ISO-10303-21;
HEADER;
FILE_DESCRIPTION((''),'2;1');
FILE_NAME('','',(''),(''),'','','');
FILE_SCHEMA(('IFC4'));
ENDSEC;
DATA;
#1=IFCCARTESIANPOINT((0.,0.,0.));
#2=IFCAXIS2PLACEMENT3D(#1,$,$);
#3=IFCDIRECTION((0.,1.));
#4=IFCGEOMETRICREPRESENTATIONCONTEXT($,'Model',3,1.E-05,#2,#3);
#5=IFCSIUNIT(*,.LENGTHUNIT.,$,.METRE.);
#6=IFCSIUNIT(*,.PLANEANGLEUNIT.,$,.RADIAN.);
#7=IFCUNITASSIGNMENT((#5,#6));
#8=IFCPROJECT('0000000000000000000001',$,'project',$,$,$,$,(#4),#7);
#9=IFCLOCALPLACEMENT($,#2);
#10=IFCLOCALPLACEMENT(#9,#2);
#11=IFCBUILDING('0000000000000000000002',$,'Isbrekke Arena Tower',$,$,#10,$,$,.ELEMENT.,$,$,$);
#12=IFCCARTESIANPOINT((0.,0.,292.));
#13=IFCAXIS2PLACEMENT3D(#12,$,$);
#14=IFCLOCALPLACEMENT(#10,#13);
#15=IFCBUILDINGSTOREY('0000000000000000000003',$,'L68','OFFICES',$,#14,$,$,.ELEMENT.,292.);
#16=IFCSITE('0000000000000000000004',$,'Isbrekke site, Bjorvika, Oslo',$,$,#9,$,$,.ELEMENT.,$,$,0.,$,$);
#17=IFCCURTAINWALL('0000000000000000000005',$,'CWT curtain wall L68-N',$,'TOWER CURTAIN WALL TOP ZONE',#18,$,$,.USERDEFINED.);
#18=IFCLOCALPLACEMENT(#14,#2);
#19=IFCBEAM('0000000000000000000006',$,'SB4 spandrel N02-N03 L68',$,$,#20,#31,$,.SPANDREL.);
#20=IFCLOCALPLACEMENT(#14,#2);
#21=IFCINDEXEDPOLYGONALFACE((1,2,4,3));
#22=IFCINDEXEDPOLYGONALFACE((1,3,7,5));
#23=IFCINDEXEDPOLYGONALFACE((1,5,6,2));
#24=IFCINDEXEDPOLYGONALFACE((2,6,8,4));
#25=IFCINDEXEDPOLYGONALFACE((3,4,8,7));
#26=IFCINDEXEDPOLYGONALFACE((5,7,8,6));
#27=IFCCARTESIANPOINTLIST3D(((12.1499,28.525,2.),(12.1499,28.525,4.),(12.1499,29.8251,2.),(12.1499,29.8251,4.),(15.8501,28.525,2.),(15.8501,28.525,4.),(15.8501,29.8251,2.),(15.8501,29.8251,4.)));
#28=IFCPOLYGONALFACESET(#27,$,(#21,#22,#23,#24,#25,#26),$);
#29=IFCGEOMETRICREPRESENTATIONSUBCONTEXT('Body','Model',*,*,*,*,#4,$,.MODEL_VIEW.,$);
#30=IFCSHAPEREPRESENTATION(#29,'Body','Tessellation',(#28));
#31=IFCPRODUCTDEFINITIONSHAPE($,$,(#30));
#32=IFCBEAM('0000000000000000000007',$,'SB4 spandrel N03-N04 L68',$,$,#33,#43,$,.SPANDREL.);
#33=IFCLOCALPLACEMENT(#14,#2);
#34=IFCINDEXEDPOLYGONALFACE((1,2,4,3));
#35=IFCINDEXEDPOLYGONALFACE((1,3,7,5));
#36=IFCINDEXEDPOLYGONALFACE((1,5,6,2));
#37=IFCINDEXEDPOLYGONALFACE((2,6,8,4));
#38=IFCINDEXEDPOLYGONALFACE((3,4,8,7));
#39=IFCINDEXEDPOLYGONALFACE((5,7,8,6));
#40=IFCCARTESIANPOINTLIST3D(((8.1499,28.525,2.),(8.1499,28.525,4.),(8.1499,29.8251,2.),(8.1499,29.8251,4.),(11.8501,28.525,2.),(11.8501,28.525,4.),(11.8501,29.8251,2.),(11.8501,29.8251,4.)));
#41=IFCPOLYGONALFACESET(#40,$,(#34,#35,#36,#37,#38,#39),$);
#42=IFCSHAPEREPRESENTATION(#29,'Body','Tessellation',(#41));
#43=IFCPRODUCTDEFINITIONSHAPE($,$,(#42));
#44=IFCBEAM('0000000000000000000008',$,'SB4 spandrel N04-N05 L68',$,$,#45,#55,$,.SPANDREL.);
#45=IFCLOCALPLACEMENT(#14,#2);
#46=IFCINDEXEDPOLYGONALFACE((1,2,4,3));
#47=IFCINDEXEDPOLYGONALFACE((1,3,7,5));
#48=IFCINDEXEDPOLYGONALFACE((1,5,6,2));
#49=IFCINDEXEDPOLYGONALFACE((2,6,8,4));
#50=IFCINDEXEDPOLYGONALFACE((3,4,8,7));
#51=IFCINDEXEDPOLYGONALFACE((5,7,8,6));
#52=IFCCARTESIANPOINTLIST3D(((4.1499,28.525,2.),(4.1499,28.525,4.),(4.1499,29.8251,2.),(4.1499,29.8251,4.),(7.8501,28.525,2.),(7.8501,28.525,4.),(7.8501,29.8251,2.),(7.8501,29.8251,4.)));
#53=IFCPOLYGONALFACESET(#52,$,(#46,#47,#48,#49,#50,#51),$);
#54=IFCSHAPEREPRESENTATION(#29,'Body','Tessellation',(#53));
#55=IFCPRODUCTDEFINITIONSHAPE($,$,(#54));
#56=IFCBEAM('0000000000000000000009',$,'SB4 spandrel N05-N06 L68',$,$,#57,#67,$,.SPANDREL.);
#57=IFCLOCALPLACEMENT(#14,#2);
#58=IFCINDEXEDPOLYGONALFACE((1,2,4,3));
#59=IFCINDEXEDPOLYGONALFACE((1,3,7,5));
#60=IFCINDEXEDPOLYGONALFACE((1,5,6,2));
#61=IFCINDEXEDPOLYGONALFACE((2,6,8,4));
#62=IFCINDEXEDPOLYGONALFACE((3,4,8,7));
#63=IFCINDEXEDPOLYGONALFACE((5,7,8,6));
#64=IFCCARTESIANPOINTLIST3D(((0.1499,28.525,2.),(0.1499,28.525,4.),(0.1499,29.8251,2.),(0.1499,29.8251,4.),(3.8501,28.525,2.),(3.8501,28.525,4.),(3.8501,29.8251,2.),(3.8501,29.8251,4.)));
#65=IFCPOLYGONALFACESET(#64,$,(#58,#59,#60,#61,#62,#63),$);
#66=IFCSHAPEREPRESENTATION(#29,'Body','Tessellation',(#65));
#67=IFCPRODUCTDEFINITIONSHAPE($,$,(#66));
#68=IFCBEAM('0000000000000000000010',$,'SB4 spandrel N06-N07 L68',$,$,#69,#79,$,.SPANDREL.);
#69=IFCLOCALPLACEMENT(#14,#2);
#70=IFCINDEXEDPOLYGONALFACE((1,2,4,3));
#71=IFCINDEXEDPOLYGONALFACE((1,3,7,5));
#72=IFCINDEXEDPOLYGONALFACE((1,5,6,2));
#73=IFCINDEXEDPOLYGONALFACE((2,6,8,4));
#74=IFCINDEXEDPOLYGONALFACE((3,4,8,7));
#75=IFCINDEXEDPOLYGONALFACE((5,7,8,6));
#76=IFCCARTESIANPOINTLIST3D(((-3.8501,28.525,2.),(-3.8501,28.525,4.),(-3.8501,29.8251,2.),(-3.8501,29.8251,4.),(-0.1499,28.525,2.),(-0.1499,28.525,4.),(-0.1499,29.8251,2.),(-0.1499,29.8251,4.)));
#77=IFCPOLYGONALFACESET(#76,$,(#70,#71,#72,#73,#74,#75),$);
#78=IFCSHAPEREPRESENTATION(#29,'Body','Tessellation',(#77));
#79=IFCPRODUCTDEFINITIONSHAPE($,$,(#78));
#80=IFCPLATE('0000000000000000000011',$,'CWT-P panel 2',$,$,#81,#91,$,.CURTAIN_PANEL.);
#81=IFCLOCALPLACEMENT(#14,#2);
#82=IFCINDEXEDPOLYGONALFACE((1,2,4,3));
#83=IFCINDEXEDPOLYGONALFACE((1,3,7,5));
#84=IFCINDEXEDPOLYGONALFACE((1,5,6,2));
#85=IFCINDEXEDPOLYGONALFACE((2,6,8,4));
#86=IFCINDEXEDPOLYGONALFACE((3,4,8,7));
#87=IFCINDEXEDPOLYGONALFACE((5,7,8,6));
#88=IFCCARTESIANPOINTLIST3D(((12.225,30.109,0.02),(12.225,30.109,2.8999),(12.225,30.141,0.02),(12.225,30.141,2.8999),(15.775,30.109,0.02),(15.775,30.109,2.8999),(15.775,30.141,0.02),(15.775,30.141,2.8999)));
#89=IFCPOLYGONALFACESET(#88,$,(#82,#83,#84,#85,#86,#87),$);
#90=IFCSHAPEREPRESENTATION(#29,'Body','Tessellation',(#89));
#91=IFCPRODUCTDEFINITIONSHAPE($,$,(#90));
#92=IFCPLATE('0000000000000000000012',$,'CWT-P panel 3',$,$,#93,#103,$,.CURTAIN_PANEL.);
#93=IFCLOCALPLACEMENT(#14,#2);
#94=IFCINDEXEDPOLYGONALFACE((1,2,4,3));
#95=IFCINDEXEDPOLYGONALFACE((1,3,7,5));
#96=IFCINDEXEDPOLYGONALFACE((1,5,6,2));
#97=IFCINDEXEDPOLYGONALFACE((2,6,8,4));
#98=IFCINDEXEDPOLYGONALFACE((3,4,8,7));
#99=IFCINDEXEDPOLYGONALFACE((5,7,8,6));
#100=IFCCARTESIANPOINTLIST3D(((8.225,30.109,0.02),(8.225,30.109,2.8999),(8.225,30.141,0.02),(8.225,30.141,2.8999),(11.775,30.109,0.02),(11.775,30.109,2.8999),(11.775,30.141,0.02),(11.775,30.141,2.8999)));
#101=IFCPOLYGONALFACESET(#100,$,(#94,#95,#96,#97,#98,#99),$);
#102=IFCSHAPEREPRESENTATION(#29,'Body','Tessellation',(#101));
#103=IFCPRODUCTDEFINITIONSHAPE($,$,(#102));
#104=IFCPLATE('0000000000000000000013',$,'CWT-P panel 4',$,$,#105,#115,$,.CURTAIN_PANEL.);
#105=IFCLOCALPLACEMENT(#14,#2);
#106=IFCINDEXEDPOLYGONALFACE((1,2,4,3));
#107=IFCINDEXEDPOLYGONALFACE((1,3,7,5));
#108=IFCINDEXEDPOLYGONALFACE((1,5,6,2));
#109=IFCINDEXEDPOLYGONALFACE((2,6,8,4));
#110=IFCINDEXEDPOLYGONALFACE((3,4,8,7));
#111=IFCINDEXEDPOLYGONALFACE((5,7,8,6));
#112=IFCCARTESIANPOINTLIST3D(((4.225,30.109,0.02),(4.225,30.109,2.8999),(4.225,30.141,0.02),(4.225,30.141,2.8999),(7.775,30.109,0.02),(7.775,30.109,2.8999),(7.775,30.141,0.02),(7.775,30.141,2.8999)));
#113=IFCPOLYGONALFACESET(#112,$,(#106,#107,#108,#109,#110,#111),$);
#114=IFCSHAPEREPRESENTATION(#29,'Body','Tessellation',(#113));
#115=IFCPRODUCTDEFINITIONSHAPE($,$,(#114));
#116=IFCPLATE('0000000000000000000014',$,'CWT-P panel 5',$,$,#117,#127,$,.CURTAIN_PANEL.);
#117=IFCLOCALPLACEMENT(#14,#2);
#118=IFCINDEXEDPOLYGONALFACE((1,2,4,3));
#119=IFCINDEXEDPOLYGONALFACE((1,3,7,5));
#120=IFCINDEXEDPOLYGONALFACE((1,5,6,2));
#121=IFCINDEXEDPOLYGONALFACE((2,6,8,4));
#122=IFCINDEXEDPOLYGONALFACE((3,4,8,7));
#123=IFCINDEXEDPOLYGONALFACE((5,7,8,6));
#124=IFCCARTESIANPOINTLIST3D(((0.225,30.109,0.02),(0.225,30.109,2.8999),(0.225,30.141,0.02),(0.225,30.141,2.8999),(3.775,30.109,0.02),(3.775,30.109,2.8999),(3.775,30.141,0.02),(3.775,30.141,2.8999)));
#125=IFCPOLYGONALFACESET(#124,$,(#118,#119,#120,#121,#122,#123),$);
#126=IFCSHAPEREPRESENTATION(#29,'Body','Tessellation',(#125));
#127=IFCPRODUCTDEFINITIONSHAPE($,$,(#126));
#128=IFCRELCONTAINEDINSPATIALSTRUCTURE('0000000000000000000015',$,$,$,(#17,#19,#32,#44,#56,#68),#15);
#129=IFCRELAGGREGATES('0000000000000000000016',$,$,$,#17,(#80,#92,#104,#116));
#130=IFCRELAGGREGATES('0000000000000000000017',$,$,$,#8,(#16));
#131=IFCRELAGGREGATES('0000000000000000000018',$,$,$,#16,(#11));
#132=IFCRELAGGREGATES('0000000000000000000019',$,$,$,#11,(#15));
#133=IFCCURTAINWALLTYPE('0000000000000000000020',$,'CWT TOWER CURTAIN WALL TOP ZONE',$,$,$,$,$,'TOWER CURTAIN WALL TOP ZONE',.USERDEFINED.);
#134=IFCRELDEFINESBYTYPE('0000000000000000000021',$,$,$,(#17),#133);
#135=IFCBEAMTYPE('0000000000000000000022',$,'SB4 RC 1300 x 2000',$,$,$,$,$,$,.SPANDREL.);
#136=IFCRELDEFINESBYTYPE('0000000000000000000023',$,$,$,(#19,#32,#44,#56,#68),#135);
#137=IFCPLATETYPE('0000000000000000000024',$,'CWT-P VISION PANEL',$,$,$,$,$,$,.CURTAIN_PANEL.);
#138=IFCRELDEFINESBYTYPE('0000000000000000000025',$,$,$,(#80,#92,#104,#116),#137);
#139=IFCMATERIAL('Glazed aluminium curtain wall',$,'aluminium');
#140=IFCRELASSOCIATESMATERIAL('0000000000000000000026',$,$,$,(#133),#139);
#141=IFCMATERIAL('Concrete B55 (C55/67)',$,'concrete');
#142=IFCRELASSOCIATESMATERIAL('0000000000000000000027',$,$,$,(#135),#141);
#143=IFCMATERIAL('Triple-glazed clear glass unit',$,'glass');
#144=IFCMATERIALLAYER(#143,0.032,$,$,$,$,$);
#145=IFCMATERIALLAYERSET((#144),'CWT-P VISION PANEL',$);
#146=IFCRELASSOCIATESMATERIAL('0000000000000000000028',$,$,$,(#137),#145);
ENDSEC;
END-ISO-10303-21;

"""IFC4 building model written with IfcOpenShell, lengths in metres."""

from ifc_helpers import new_model, si_unit, direction, frame, origin, origin_2d, place, context, subcontext, project, spatial, rectangle, extrude, material, layer, layer_set, material_profile, profile_set, type_object, element, aggregate, save


model = new_model("IFC4")

# Units and contexts
model_context = context("Model", 3, precision=1e-05, world=origin(), true_north=direction((0.0, 1.0)))
body_context = subcontext(model_context, "Body", "Model", "MODEL_VIEW")
ifc_project = project(units=[si_unit("LENGTHUNIT", "METRE"), si_unit("PLANEANGLEUNIT", "RADIAN")], contexts=[model_context])

# Site, building, storey
site_placement = place(None, origin())
site = spatial("IfcSite", under=ifc_project, at=site_placement, Name="Isbrekke site, Bjorvika, Oslo", CompositionType="ELEMENT", RefElevation=0.0)
building_placement = place(site_placement, origin())
building = spatial("IfcBuilding", under=site, at=building_placement, Name="Isbrekke Arena Tower", CompositionType="ELEMENT")
storey_placement = place(building_placement, frame((0.0, 0.0, 292.0)))
storey = spatial("IfcBuildingStorey", under=building, at=storey_placement, Name="L68", Description="OFFICES", CompositionType="ELEMENT", Elevation=292.0)

# Curtain wall
ifc_material_1 = material(Name="Glazed aluminium curtain wall", Category="aluminium")
curtain_wall_type = type_object("IfcCurtainWallType", Name="CWT TOWER CURTAIN WALL TOP ZONE", ElementType="TOWER CURTAIN WALL TOP ZONE", PredefinedType="USERDEFINED", material=ifc_material_1)
curtain_wall_placement = place(storey_placement, origin())
curtain_wall = element("IfcCurtainWall", 1, at=curtain_wall_placement, inside=storey, type_object=curtain_wall_type, Name="CWT curtain wall L68-N", ObjectType="TOWER CURTAIN WALL TOP ZONE", PredefinedType="USERDEFINED")

# Beams
ifc_material_2 = material(Name="Concrete B55 (C55/67)", Category="concrete")
ifc_material_profile_1 = material_profile(ifc_material_2, rectangle(XDim=1.3, YDim=2.0, at=origin_2d()), Name="RC 1300x2000")
ifc_profile_set_1 = profile_set([ifc_material_profile_1], Name="Concrete B55 (C55/67)")
beam_type = type_object("IfcBeamType", Name="SB4 RC 1300 x 2000", PredefinedType="SPANDREL", material=ifc_profile_set_1)
for number, where, z_axis, x_axis, name in (
    (2, (15.8501, 29.175, 3.0), (-1.0, 0.0, 0.0), (0.0, -1.0, 0.0), "SB4 spandrel N02-N03 L68"),
    (3, (11.8501, 29.175, 3.0), (-1.0, 0.0, 0.0), (0.0, -1.0, 0.0), "SB4 spandrel N03-N04 L68"),
    (4, (7.8501, 29.175, 3.0), (-1.0, 0.0, 0.0), (0.0, -1.0, 0.0), "SB4 spandrel N04-N05 L68"),
    (5, (3.8501, 29.175, 3.0), (-1.0, 0.0, 0.0), (0.0, -1.0, 0.0), "SB4 spandrel N05-N06 L68"),
    (6, (-0.1499, 29.175, 3.0), (-1.0, 0.0, 0.0), (0.0, -1.0, 0.0), "SB4 spandrel N06-N07 L68"),
):
    element("IfcBeam", number, at=place(storey_placement, frame(where, z_axis=z_axis, x_axis=x_axis)), inside=storey, type_object=beam_type, Name=name, PredefinedType="SPANDREL", context=body_context, shape_type="SweptSolid", body=[
        extrude(rectangle(XDim=1.3, YDim=2.0, at=origin_2d()), origin(), (0.0, 0.0, 1.0), 3.7002),
    ])

# Plates
ifc_material_3 = material(Name="Triple-glazed clear glass unit", Category="glass")
ifc_layer = layer(ifc_material_3, 0.032)
ifc_layer_set = layer_set([ifc_layer], Name="CWT-P VISION PANEL")
plate_type = type_object("IfcPlateType", Name="CWT-P VISION PANEL", PredefinedType="CURTAIN_PANEL", material=ifc_layer_set)
plate_1_placement = place(storey_placement, frame((14.0, 30.125, 0.02), z_axis=(0.0, 0.0, 1.0), x_axis=(-1.0, 0.0, 0.0)))
plate_1 = element("IfcPlate", 7, at=plate_1_placement, type_object=plate_type, Name="CWT-P panel 2", PredefinedType="CURTAIN_PANEL", context=body_context, shape_type="SweptSolid", body=[
    extrude(rectangle(XDim=3.55, YDim=0.032, at=origin_2d()), origin(), (0.0, 0.0, 1.0), 2.8799),
])
plate_2_placement = place(storey_placement, frame((10.0, 30.125, 0.02), z_axis=(0.0, 0.0, 1.0), x_axis=(-1.0, 0.0, 0.0)))
plate_2 = element("IfcPlate", 8, at=plate_2_placement, type_object=plate_type, Name="CWT-P panel 3", PredefinedType="CURTAIN_PANEL", context=body_context, shape_type="SweptSolid", body=[
    extrude(rectangle(XDim=3.55, YDim=0.032, at=origin_2d()), origin(), (0.0, 0.0, 1.0), 2.8799),
])
plate_3_placement = place(storey_placement, frame((6.0, 30.125, 0.02), z_axis=(0.0, 0.0, 1.0), x_axis=(-1.0, 0.0, 0.0)))
plate_3 = element("IfcPlate", 9, at=plate_3_placement, type_object=plate_type, Name="CWT-P panel 4", PredefinedType="CURTAIN_PANEL", context=body_context, shape_type="SweptSolid", body=[
    extrude(rectangle(XDim=3.55, YDim=0.032, at=origin_2d()), origin(), (0.0, 0.0, 1.0), 2.8799),
])
plate_4_placement = place(storey_placement, frame((2.0, 30.125, 0.02), z_axis=(0.0, 0.0, 1.0), x_axis=(-1.0, 0.0, 0.0)))
plate_4 = element("IfcPlate", 10, at=plate_4_placement, type_object=plate_type, Name="CWT-P panel 5", PredefinedType="CURTAIN_PANEL", context=body_context, shape_type="SweptSolid", body=[
    extrude(rectangle(XDim=3.55, YDim=0.032, at=origin_2d()), origin(), (0.0, 0.0, 1.0), 2.8799),
])
aggregate(curtain_wall, [plate_1, plate_2, plate_3, plate_4])

save(model, "model.ifc")
